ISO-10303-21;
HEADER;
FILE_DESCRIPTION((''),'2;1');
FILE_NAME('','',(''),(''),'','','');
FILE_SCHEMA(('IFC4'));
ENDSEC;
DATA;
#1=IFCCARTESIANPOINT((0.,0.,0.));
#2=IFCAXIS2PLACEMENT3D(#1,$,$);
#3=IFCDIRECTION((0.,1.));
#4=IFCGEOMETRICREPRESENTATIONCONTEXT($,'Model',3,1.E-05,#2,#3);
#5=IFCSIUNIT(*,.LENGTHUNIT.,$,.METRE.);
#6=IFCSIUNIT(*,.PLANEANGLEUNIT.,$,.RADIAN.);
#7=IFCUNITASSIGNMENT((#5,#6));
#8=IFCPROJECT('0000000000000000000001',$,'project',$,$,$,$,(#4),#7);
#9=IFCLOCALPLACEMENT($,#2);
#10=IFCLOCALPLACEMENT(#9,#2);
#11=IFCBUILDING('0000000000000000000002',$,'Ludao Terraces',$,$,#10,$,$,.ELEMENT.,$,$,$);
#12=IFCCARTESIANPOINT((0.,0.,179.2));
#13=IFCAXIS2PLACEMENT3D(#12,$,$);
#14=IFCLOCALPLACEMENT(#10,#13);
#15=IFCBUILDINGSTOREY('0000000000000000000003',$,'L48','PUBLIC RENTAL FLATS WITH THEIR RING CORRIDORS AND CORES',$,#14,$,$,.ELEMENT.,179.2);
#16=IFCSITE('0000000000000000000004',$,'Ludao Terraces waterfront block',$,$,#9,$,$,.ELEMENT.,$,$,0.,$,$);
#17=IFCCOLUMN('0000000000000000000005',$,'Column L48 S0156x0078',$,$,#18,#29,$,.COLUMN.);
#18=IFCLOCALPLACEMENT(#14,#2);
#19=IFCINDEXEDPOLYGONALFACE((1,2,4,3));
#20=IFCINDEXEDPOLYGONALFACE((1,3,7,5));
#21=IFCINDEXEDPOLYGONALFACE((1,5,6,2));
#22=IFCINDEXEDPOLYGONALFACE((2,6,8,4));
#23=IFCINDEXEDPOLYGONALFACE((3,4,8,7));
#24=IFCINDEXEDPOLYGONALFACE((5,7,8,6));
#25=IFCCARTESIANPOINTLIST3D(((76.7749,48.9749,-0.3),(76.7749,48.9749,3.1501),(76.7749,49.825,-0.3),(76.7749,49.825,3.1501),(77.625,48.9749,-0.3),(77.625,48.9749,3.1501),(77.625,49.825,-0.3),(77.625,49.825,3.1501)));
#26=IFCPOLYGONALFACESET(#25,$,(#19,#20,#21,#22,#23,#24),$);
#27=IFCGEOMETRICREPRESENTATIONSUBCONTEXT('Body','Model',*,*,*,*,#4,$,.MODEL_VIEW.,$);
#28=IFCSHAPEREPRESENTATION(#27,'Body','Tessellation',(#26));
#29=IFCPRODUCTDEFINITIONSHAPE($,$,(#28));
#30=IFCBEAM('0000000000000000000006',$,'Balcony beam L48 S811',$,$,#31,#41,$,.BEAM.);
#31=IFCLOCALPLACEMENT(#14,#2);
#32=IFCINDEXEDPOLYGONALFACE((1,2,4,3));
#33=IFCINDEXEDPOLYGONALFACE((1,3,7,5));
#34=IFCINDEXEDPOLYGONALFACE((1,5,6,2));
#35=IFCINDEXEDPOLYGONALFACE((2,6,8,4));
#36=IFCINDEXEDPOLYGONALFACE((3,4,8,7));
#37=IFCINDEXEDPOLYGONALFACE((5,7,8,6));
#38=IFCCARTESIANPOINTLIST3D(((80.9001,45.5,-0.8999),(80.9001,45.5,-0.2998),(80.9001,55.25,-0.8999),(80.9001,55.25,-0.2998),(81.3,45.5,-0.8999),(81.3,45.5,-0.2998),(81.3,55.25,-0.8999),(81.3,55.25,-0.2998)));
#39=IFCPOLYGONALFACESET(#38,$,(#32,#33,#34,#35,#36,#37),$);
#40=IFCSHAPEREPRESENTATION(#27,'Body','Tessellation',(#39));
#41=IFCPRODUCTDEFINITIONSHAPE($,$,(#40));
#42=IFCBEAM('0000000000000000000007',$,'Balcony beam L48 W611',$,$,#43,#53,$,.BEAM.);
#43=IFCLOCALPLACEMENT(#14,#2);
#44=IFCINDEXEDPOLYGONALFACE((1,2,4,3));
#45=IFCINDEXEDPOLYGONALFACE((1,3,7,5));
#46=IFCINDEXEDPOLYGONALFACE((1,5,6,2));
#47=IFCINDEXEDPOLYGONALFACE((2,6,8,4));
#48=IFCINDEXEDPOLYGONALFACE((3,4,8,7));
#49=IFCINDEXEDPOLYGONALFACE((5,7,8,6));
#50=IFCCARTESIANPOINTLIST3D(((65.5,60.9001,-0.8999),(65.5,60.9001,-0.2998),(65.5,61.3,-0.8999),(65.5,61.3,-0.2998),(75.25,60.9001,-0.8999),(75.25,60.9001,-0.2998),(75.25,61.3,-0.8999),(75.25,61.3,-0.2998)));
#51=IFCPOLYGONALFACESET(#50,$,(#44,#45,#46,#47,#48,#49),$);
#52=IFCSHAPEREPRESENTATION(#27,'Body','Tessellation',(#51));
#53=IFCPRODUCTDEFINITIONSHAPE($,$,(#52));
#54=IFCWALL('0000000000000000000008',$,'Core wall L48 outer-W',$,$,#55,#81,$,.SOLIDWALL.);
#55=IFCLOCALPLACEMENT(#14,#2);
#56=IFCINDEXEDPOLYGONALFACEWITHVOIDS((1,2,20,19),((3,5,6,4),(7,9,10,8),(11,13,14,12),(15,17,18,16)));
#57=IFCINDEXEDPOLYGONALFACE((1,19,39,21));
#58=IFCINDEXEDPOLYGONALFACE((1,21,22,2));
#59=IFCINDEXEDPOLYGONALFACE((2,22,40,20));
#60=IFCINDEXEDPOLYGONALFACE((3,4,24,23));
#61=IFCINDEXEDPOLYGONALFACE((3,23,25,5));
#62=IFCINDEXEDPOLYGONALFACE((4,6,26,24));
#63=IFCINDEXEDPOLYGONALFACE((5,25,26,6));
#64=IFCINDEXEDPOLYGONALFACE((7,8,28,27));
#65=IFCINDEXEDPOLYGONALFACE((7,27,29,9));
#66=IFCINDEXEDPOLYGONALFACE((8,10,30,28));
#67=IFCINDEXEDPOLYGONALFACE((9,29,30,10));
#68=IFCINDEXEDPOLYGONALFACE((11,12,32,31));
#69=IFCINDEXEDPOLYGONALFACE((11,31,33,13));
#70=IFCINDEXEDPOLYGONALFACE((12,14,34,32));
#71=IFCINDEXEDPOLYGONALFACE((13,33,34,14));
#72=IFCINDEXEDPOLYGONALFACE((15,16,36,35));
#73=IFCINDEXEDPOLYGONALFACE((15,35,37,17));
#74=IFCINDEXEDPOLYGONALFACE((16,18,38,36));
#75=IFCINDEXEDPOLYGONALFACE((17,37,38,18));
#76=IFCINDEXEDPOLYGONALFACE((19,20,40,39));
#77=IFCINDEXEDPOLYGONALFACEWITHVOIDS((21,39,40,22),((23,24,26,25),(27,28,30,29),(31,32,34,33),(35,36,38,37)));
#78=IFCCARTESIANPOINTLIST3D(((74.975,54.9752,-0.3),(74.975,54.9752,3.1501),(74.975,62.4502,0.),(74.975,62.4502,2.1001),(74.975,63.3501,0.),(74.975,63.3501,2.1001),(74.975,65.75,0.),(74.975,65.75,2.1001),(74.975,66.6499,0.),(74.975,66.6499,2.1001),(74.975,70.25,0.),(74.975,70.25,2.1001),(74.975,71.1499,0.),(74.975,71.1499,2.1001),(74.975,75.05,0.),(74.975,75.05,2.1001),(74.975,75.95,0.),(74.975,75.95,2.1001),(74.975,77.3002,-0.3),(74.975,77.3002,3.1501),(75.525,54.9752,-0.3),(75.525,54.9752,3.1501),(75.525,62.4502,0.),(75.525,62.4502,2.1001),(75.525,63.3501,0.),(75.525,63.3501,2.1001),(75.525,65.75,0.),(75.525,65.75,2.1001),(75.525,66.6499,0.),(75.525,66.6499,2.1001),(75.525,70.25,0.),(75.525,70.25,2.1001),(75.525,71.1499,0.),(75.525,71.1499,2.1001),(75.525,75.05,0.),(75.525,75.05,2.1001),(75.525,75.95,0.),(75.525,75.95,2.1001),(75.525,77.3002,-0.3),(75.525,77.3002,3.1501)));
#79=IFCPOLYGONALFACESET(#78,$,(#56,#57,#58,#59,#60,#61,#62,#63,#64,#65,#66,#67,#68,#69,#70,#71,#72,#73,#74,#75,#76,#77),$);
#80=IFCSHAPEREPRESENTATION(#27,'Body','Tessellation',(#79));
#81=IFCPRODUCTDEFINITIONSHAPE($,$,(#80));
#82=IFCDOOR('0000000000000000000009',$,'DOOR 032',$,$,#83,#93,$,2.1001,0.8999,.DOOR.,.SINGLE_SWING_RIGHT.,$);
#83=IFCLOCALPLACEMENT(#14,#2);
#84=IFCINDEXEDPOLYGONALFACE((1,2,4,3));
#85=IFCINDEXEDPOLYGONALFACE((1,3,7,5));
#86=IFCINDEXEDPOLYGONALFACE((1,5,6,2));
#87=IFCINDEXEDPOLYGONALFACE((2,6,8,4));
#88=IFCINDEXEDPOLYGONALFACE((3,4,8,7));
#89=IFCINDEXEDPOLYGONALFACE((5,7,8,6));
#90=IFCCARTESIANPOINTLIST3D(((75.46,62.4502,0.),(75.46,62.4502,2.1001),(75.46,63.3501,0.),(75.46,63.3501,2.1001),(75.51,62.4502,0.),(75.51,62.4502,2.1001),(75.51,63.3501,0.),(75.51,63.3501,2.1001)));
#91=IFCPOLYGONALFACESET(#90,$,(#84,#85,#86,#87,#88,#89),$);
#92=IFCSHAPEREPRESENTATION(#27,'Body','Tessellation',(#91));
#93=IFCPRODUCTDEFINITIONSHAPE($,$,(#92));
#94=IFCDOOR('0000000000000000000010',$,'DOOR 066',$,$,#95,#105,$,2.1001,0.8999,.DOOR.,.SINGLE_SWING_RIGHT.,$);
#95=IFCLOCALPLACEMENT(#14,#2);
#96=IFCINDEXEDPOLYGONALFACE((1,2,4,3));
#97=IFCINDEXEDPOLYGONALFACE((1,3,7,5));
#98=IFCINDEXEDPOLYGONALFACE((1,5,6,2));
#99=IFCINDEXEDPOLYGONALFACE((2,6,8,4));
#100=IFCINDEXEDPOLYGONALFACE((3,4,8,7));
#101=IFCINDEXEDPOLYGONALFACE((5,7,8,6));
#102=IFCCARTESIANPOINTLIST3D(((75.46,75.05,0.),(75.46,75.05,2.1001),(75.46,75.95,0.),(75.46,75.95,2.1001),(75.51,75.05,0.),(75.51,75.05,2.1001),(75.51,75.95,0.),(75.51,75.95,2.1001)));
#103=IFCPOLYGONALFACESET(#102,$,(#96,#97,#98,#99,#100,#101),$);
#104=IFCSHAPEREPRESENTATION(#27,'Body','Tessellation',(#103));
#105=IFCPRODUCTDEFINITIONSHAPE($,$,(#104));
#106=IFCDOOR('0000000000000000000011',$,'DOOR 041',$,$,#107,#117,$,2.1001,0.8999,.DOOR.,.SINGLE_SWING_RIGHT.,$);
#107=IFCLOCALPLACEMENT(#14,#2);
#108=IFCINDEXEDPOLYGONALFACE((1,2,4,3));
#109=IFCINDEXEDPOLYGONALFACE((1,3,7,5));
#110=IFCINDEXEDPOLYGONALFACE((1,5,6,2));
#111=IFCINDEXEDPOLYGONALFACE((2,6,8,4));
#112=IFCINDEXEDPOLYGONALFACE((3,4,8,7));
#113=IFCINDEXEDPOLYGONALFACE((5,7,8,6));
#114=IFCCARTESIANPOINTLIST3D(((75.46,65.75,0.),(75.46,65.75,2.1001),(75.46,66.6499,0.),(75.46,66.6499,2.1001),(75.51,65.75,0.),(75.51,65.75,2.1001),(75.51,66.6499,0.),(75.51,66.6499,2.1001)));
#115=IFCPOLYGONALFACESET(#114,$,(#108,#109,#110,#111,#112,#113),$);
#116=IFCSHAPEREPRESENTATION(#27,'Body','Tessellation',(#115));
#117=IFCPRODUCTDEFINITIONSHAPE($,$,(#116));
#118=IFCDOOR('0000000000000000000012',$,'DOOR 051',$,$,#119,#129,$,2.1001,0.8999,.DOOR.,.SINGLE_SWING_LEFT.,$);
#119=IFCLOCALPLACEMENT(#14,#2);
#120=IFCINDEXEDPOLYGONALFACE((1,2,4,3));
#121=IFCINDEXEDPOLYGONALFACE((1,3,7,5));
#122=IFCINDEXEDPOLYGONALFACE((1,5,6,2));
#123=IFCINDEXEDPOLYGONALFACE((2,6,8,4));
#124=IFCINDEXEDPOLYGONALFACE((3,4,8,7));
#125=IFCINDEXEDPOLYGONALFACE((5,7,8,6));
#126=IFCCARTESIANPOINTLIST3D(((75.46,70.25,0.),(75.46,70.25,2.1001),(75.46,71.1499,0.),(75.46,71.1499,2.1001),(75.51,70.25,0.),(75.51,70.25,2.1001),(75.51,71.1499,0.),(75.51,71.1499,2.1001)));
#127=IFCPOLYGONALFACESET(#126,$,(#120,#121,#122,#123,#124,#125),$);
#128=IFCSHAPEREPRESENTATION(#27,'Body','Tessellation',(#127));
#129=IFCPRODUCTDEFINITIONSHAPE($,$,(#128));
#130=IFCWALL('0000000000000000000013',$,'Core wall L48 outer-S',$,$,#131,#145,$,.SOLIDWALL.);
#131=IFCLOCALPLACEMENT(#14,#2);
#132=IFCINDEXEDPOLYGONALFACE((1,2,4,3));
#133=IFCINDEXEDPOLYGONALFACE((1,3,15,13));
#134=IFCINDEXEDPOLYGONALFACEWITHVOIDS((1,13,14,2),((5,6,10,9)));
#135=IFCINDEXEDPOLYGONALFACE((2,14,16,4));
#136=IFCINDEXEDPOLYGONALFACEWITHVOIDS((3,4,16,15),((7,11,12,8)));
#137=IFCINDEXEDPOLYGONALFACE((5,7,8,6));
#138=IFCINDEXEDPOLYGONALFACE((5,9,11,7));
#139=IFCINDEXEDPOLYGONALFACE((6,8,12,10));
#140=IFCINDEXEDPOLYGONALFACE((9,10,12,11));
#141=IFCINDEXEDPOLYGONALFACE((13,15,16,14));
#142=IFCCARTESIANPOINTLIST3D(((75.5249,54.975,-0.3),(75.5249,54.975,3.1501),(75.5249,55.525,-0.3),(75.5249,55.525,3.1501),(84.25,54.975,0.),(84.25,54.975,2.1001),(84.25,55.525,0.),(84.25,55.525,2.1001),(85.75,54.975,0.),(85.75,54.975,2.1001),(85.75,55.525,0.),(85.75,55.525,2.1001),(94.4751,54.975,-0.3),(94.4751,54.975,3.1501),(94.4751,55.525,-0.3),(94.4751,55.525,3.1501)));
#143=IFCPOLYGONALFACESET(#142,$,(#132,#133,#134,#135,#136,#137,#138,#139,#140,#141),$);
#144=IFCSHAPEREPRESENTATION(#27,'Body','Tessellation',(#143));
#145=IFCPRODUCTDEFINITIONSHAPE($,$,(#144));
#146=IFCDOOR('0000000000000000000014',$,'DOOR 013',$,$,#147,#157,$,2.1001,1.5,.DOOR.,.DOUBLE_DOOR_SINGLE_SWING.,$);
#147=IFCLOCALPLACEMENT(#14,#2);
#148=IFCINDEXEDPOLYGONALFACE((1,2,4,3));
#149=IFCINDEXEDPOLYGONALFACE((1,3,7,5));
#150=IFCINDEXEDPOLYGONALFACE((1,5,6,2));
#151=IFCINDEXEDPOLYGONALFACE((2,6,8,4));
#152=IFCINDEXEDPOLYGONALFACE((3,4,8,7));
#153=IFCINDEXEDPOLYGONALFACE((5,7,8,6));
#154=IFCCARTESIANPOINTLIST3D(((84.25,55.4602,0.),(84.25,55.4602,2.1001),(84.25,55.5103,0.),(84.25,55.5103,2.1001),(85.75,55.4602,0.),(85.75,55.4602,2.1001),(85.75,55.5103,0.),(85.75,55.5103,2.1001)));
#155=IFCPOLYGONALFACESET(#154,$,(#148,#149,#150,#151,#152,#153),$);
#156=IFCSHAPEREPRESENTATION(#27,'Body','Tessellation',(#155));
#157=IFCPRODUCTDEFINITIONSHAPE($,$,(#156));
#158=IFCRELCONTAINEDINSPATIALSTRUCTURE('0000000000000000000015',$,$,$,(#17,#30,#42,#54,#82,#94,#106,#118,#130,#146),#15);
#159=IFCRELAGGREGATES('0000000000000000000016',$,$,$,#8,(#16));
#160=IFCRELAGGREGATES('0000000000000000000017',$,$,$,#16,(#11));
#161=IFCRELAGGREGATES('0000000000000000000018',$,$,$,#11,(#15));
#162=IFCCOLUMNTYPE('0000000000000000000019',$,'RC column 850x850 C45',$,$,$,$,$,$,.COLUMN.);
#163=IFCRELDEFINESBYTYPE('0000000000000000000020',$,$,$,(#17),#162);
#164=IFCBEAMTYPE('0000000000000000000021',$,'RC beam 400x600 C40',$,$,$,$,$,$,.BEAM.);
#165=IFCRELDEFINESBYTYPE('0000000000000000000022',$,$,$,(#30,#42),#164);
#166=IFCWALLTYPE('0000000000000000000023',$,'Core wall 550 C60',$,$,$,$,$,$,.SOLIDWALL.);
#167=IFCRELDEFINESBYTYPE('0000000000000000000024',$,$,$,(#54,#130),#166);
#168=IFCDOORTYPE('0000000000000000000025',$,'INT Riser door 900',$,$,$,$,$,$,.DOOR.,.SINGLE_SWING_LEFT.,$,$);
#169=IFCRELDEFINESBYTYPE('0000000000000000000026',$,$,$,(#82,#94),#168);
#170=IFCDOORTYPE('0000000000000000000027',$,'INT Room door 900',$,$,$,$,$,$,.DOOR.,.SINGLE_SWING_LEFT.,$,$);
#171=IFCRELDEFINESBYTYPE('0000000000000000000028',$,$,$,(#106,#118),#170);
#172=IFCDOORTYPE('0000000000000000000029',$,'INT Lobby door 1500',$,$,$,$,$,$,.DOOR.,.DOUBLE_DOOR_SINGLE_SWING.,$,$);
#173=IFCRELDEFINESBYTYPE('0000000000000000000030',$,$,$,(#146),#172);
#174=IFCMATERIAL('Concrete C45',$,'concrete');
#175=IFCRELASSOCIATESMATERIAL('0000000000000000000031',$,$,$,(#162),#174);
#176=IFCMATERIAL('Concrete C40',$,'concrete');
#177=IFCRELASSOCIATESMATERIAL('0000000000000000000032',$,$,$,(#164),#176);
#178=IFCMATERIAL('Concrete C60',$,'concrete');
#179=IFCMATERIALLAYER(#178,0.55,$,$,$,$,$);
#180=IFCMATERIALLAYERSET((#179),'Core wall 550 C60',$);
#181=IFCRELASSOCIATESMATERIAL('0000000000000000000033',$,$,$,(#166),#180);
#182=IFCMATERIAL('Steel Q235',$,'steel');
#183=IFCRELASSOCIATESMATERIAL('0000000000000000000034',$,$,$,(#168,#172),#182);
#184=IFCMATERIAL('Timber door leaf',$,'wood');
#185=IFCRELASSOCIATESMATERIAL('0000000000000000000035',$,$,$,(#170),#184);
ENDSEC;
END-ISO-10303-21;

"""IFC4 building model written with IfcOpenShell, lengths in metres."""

from ifc_helpers import new_model, si_unit, direction, frame, frame_2d, origin, origin_2d, place, context, subcontext, project, spatial, rectangle, extrude, material, layer, layer_set, material_profile, profile_set, type_object, element, fill, save


model = new_model("IFC4")

# Units and contexts
model_context = context("Model", 3, precision=1e-05, world=origin(), true_north=direction((0.0, 1.0)))
body_context = subcontext(model_context, "Body", "Model", "MODEL_VIEW")
ifc_project = project(units=[si_unit("LENGTHUNIT", "METRE"), si_unit("PLANEANGLEUNIT", "RADIAN")], contexts=[model_context])

# Site, building, storey
site_placement = place(None, origin())
site = spatial("IfcSite", under=ifc_project, at=site_placement, Name="Ludao Terraces waterfront block", CompositionType="ELEMENT", RefElevation=0.0)
building_placement = place(site_placement, origin())
building = spatial("IfcBuilding", under=site, at=building_placement, Name="Ludao Terraces", CompositionType="ELEMENT")
storey_placement = place(building_placement, frame((0.0, 0.0, 179.2)))
storey = spatial("IfcBuildingStorey", under=building, at=storey_placement, Name="L48", Description="PUBLIC RENTAL FLATS WITH THEIR RING CORRIDORS AND CORES", CompositionType="ELEMENT", Elevation=179.2)

# Column
ifc_material_1 = material(Name="Concrete C45", Category="concrete")
ifc_material_profile_1 = material_profile(ifc_material_1, rectangle(XDim=0.8501, YDim=0.8501, at=origin_2d()), Name="850 X 850")
ifc_profile_set_1 = profile_set([ifc_material_profile_1], Name="Concrete C45")
column_type = type_object("IfcColumnType", Name="RC column 850x850 C45", PredefinedType="COLUMN", material=ifc_profile_set_1)
column_placement = place(storey_placement, frame((77.2, 49.3999, -0.3), z_axis=(0.0, 0.0, 1.0), x_axis=(1.0, 0.0, 0.0)))
element("IfcColumn", 1, at=column_placement, inside=storey, type_object=column_type, Name="Column L48 S0156x0078", PredefinedType="COLUMN", context=body_context, shape_type="SweptSolid", body=[
    extrude(rectangle(XDim=0.8501, YDim=0.8501, at=origin_2d()), origin(), (0.0, 0.0, 1.0), 3.4502),
])

# Beams
ifc_material_2 = material(Name="Concrete C40", Category="concrete")
ifc_material_profile_2 = material_profile(ifc_material_2, rectangle(XDim=0.3999, YDim=0.6001, at=origin_2d()), Name="400 X 600")
ifc_profile_set_2 = profile_set([ifc_material_profile_2], Name="Concrete C40")
beam_type = type_object("IfcBeamType", Name="RC beam 400x600 C40", PredefinedType="BEAM", material=ifc_profile_set_2)
for number, where, z_axis, x_axis, name in (
    (2, (81.1001, 55.25, -0.5999), (0.0, -1.0, 0.0), (1.0, 0.0, 0.0), "Balcony beam L48 S811"),
    (3, (75.25, 61.1001, -0.5999), (-1.0, 0.0, 0.0), (0.0, -1.0, 0.0), "Balcony beam L48 W611"),
):
    element("IfcBeam", number, at=place(storey_placement, frame(where, z_axis=z_axis, x_axis=x_axis)), inside=storey, type_object=beam_type, Name=name, PredefinedType="BEAM", context=body_context, shape_type="SweptSolid", body=[
        extrude(rectangle(XDim=0.3999, YDim=0.6001, at=origin_2d()), origin(), (0.0, 0.0, 1.0), 9.75),
    ])

# Wall, openings, doors
ifc_material_3 = material(Name="Concrete C60", Category="concrete")
ifc_layer_1 = layer(ifc_material_3, 0.55)
ifc_layer_set_1 = layer_set([ifc_layer_1], Name="Core wall 550 C60")
wall_type_1 = type_object("IfcWallType", Name="Core wall 550 C60", PredefinedType="SOLIDWALL", material=ifc_layer_set_1)
wall_1_placement = place(storey_placement, frame((75.25, 54.9751, -0.3), z_axis=(0.0, 0.0, 1.0), x_axis=(0.0, 1.0, 0.0)))
wall_1 = element("IfcWall", 4, at=wall_1_placement, inside=storey, type_object=wall_type_1, Name="Core wall L48 outer-W", PredefinedType="SOLIDWALL", context=body_context, shape_type="SweptSolid", body=[
    extrude(rectangle(XDim=22.325, YDim=0.55, at=frame_2d((11.1626, 0.0))), origin(), (0.0, 0.0, 1.0), 3.4502),
])
opening_1_placement = place(wall_1_placement, frame((7.4751, 0.0, 0.3)))
opening_1 = element("IfcOpeningElement", 5, at=opening_1_placement, cuts=wall_1, PredefinedType="OPENING", context=body_context, shape_type="SweptSolid", body=[
    extrude(rectangle(XDim=0.8999, YDim=2.1001, at=frame_2d((0.45, 1.05))), frame((0.0, 0.2852, 0.0), z_axis=(0.0, -1.0, 0.0), x_axis=(1.0, 0.0, 0.0)), (0.0, 0.0, 1.0), 0.5701),
])
opening_2_placement = place(wall_1_placement, frame((10.7749, 0.0, 0.3)))
opening_2 = element("IfcOpeningElement", 6, at=opening_2_placement, cuts=wall_1, PredefinedType="OPENING", context=body_context, shape_type="SweptSolid", body=[
    extrude(rectangle(XDim=0.8999, YDim=2.1001, at=frame_2d((0.45, 1.05))), frame((0.0, 0.2852, 0.0), z_axis=(0.0, -1.0, 0.0), x_axis=(1.0, 0.0, 0.0)), (0.0, 0.0, 1.0), 0.5701),
])
opening_3_placement = place(wall_1_placement, frame((15.2749, 0.0, 0.3)))
opening_3 = element("IfcOpeningElement", 7, at=opening_3_placement, cuts=wall_1, PredefinedType="OPENING", context=body_context, shape_type="SweptSolid", body=[
    extrude(rectangle(XDim=0.8999, YDim=2.1001, at=frame_2d((0.45, 1.05))), frame((0.0, 0.2852, 0.0), z_axis=(0.0, -1.0, 0.0), x_axis=(1.0, 0.0, 0.0)), (0.0, 0.0, 1.0), 0.5701),
])
opening_4_placement = place(wall_1_placement, frame((20.075, 0.0, 0.3)))
opening_4 = element("IfcOpeningElement", 8, at=opening_4_placement, cuts=wall_1, PredefinedType="OPENING", context=body_context, shape_type="SweptSolid", body=[
    extrude(rectangle(XDim=0.8999, YDim=2.1001, at=frame_2d((0.45, 1.05))), frame((0.0, 0.2852, 0.0), z_axis=(0.0, -1.0, 0.0), x_axis=(1.0, 0.0, 0.0)), (0.0, 0.0, 1.0), 0.5701),
])
ifc_material_4 = material(Name="Steel Q235", Category="steel")
door_type_1 = type_object("IfcDoorType", Name="INT Riser door 900", OperationType="SINGLE_SWING_LEFT", PredefinedType="DOOR", material=ifc_material_4)
door_1_placement = place(opening_1_placement, origin())
door_1 = element("IfcDoor", 9, at=door_1_placement, inside=storey, type_object=door_type_1, Name="DOOR 032", OperationType="SINGLE_SWING_RIGHT", OverallHeight=2.1001, OverallWidth=0.8999, PredefinedType="DOOR", context=body_context, shape_type="SweptSolid", body=[
    extrude(rectangle(XDim=0.8999, YDim=2.1001, at=frame_2d((0.45, 1.05))), frame((0.0, -0.21, 0.0), z_axis=(0.0, -1.0, 0.0), x_axis=(1.0, 0.0, 0.0)), (0.0, 0.0, 1.0), 0.05),
])
fill(opening_1, door_1)
door_2_placement = place(opening_4_placement, origin())
door_2 = element("IfcDoor", 10, at=door_2_placement, inside=storey, type_object=door_type_1, Name="DOOR 066", OperationType="SINGLE_SWING_RIGHT", OverallHeight=2.1001, OverallWidth=0.8999, PredefinedType="DOOR", context=body_context, shape_type="SweptSolid", body=[
    extrude(rectangle(XDim=0.8999, YDim=2.1001, at=frame_2d((0.45, 1.05))), frame((0.0, -0.21, 0.0), z_axis=(0.0, -1.0, 0.0), x_axis=(1.0, 0.0, 0.0)), (0.0, 0.0, 1.0), 0.05),
])
fill(opening_4, door_2)
ifc_material_5 = material(Name="Timber door leaf", Category="wood")
door_type_2 = type_object("IfcDoorType", Name="INT Room door 900", OperationType="SINGLE_SWING_LEFT", PredefinedType="DOOR", material=ifc_material_5)
door_3_placement = place(opening_2_placement, origin())
door_3 = element("IfcDoor", 11, at=door_3_placement, inside=storey, type_object=door_type_2, Name="DOOR 041", OperationType="SINGLE_SWING_RIGHT", OverallHeight=2.1001, OverallWidth=0.8999, PredefinedType="DOOR", context=body_context, shape_type="SweptSolid", body=[
    extrude(rectangle(XDim=0.8999, YDim=2.1001, at=frame_2d((0.45, 1.05))), frame((0.0, -0.21, 0.0), z_axis=(0.0, -1.0, 0.0), x_axis=(1.0, 0.0, 0.0)), (0.0, 0.0, 1.0), 0.05),
])
fill(opening_2, door_3)
door_4_placement = place(opening_3_placement, origin())
door_4 = element("IfcDoor", 12, at=door_4_placement, inside=storey, type_object=door_type_2, Name="DOOR 051", OperationType="SINGLE_SWING_LEFT", OverallHeight=2.1001, OverallWidth=0.8999, PredefinedType="DOOR", context=body_context, shape_type="SweptSolid", body=[
    extrude(rectangle(XDim=0.8999, YDim=2.1001, at=frame_2d((0.45, 1.05))), frame((0.0, -0.21, 0.0), z_axis=(0.0, -1.0, 0.0), x_axis=(1.0, 0.0, 0.0)), (0.0, 0.0, 1.0), 0.05),
])
fill(opening_3, door_4)

# Wall, opening, door
wall_2_placement = place(storey_placement, frame((75.5249, 55.25, -0.3), z_axis=(0.0, 0.0, 1.0), x_axis=(1.0, 0.0, 0.0)))
wall_2 = element("IfcWall", 13, at=wall_2_placement, inside=storey, type_object=wall_type_1, Name="Core wall L48 outer-S", PredefinedType="SOLIDWALL", context=body_context, shape_type="SweptSolid", body=[
    extrude(rectangle(XDim=18.9502, YDim=0.55, at=frame_2d((9.4751, 0.0))), origin(), (0.0, 0.0, 1.0), 3.4502),
])
opening_5_placement = place(wall_2_placement, frame((8.7251, 0.0, 0.3)))
opening_5 = element("IfcOpeningElement", 14, at=opening_5_placement, cuts=wall_2, PredefinedType="OPENING", context=body_context, shape_type="SweptSolid", body=[
    extrude(rectangle(XDim=1.5, YDim=2.1001, at=frame_2d((0.75, 1.05))), frame((0.0, 0.2852, 0.0), z_axis=(0.0, -1.0, 0.0), x_axis=(1.0, 0.0, 0.0)), (0.0, 0.0, 1.0), 0.5701),
])
door_type_3 = type_object("IfcDoorType", Name="INT Lobby door 1500", OperationType="DOUBLE_DOOR_SINGLE_SWING", PredefinedType="DOOR", material=ifc_material_4)
door_5_placement = place(opening_5_placement, origin())
door_5 = element("IfcDoor", 15, at=door_5_placement, inside=storey, type_object=door_type_3, Name="DOOR 013", OperationType="DOUBLE_DOOR_SINGLE_SWING", OverallHeight=2.1001, OverallWidth=1.5, PredefinedType="DOOR", context=body_context, shape_type="SweptSolid", body=[
    extrude(rectangle(XDim=1.5, YDim=2.1001, at=frame_2d((0.75, 1.05))), frame((0.0, 0.2603, 0.0), z_axis=(0.0, -1.0, 0.0), x_axis=(1.0, 0.0, 0.0)), (0.0, 0.0, 1.0), 0.05),
])
fill(opening_5, door_5)

save(model, "model.ifc")
